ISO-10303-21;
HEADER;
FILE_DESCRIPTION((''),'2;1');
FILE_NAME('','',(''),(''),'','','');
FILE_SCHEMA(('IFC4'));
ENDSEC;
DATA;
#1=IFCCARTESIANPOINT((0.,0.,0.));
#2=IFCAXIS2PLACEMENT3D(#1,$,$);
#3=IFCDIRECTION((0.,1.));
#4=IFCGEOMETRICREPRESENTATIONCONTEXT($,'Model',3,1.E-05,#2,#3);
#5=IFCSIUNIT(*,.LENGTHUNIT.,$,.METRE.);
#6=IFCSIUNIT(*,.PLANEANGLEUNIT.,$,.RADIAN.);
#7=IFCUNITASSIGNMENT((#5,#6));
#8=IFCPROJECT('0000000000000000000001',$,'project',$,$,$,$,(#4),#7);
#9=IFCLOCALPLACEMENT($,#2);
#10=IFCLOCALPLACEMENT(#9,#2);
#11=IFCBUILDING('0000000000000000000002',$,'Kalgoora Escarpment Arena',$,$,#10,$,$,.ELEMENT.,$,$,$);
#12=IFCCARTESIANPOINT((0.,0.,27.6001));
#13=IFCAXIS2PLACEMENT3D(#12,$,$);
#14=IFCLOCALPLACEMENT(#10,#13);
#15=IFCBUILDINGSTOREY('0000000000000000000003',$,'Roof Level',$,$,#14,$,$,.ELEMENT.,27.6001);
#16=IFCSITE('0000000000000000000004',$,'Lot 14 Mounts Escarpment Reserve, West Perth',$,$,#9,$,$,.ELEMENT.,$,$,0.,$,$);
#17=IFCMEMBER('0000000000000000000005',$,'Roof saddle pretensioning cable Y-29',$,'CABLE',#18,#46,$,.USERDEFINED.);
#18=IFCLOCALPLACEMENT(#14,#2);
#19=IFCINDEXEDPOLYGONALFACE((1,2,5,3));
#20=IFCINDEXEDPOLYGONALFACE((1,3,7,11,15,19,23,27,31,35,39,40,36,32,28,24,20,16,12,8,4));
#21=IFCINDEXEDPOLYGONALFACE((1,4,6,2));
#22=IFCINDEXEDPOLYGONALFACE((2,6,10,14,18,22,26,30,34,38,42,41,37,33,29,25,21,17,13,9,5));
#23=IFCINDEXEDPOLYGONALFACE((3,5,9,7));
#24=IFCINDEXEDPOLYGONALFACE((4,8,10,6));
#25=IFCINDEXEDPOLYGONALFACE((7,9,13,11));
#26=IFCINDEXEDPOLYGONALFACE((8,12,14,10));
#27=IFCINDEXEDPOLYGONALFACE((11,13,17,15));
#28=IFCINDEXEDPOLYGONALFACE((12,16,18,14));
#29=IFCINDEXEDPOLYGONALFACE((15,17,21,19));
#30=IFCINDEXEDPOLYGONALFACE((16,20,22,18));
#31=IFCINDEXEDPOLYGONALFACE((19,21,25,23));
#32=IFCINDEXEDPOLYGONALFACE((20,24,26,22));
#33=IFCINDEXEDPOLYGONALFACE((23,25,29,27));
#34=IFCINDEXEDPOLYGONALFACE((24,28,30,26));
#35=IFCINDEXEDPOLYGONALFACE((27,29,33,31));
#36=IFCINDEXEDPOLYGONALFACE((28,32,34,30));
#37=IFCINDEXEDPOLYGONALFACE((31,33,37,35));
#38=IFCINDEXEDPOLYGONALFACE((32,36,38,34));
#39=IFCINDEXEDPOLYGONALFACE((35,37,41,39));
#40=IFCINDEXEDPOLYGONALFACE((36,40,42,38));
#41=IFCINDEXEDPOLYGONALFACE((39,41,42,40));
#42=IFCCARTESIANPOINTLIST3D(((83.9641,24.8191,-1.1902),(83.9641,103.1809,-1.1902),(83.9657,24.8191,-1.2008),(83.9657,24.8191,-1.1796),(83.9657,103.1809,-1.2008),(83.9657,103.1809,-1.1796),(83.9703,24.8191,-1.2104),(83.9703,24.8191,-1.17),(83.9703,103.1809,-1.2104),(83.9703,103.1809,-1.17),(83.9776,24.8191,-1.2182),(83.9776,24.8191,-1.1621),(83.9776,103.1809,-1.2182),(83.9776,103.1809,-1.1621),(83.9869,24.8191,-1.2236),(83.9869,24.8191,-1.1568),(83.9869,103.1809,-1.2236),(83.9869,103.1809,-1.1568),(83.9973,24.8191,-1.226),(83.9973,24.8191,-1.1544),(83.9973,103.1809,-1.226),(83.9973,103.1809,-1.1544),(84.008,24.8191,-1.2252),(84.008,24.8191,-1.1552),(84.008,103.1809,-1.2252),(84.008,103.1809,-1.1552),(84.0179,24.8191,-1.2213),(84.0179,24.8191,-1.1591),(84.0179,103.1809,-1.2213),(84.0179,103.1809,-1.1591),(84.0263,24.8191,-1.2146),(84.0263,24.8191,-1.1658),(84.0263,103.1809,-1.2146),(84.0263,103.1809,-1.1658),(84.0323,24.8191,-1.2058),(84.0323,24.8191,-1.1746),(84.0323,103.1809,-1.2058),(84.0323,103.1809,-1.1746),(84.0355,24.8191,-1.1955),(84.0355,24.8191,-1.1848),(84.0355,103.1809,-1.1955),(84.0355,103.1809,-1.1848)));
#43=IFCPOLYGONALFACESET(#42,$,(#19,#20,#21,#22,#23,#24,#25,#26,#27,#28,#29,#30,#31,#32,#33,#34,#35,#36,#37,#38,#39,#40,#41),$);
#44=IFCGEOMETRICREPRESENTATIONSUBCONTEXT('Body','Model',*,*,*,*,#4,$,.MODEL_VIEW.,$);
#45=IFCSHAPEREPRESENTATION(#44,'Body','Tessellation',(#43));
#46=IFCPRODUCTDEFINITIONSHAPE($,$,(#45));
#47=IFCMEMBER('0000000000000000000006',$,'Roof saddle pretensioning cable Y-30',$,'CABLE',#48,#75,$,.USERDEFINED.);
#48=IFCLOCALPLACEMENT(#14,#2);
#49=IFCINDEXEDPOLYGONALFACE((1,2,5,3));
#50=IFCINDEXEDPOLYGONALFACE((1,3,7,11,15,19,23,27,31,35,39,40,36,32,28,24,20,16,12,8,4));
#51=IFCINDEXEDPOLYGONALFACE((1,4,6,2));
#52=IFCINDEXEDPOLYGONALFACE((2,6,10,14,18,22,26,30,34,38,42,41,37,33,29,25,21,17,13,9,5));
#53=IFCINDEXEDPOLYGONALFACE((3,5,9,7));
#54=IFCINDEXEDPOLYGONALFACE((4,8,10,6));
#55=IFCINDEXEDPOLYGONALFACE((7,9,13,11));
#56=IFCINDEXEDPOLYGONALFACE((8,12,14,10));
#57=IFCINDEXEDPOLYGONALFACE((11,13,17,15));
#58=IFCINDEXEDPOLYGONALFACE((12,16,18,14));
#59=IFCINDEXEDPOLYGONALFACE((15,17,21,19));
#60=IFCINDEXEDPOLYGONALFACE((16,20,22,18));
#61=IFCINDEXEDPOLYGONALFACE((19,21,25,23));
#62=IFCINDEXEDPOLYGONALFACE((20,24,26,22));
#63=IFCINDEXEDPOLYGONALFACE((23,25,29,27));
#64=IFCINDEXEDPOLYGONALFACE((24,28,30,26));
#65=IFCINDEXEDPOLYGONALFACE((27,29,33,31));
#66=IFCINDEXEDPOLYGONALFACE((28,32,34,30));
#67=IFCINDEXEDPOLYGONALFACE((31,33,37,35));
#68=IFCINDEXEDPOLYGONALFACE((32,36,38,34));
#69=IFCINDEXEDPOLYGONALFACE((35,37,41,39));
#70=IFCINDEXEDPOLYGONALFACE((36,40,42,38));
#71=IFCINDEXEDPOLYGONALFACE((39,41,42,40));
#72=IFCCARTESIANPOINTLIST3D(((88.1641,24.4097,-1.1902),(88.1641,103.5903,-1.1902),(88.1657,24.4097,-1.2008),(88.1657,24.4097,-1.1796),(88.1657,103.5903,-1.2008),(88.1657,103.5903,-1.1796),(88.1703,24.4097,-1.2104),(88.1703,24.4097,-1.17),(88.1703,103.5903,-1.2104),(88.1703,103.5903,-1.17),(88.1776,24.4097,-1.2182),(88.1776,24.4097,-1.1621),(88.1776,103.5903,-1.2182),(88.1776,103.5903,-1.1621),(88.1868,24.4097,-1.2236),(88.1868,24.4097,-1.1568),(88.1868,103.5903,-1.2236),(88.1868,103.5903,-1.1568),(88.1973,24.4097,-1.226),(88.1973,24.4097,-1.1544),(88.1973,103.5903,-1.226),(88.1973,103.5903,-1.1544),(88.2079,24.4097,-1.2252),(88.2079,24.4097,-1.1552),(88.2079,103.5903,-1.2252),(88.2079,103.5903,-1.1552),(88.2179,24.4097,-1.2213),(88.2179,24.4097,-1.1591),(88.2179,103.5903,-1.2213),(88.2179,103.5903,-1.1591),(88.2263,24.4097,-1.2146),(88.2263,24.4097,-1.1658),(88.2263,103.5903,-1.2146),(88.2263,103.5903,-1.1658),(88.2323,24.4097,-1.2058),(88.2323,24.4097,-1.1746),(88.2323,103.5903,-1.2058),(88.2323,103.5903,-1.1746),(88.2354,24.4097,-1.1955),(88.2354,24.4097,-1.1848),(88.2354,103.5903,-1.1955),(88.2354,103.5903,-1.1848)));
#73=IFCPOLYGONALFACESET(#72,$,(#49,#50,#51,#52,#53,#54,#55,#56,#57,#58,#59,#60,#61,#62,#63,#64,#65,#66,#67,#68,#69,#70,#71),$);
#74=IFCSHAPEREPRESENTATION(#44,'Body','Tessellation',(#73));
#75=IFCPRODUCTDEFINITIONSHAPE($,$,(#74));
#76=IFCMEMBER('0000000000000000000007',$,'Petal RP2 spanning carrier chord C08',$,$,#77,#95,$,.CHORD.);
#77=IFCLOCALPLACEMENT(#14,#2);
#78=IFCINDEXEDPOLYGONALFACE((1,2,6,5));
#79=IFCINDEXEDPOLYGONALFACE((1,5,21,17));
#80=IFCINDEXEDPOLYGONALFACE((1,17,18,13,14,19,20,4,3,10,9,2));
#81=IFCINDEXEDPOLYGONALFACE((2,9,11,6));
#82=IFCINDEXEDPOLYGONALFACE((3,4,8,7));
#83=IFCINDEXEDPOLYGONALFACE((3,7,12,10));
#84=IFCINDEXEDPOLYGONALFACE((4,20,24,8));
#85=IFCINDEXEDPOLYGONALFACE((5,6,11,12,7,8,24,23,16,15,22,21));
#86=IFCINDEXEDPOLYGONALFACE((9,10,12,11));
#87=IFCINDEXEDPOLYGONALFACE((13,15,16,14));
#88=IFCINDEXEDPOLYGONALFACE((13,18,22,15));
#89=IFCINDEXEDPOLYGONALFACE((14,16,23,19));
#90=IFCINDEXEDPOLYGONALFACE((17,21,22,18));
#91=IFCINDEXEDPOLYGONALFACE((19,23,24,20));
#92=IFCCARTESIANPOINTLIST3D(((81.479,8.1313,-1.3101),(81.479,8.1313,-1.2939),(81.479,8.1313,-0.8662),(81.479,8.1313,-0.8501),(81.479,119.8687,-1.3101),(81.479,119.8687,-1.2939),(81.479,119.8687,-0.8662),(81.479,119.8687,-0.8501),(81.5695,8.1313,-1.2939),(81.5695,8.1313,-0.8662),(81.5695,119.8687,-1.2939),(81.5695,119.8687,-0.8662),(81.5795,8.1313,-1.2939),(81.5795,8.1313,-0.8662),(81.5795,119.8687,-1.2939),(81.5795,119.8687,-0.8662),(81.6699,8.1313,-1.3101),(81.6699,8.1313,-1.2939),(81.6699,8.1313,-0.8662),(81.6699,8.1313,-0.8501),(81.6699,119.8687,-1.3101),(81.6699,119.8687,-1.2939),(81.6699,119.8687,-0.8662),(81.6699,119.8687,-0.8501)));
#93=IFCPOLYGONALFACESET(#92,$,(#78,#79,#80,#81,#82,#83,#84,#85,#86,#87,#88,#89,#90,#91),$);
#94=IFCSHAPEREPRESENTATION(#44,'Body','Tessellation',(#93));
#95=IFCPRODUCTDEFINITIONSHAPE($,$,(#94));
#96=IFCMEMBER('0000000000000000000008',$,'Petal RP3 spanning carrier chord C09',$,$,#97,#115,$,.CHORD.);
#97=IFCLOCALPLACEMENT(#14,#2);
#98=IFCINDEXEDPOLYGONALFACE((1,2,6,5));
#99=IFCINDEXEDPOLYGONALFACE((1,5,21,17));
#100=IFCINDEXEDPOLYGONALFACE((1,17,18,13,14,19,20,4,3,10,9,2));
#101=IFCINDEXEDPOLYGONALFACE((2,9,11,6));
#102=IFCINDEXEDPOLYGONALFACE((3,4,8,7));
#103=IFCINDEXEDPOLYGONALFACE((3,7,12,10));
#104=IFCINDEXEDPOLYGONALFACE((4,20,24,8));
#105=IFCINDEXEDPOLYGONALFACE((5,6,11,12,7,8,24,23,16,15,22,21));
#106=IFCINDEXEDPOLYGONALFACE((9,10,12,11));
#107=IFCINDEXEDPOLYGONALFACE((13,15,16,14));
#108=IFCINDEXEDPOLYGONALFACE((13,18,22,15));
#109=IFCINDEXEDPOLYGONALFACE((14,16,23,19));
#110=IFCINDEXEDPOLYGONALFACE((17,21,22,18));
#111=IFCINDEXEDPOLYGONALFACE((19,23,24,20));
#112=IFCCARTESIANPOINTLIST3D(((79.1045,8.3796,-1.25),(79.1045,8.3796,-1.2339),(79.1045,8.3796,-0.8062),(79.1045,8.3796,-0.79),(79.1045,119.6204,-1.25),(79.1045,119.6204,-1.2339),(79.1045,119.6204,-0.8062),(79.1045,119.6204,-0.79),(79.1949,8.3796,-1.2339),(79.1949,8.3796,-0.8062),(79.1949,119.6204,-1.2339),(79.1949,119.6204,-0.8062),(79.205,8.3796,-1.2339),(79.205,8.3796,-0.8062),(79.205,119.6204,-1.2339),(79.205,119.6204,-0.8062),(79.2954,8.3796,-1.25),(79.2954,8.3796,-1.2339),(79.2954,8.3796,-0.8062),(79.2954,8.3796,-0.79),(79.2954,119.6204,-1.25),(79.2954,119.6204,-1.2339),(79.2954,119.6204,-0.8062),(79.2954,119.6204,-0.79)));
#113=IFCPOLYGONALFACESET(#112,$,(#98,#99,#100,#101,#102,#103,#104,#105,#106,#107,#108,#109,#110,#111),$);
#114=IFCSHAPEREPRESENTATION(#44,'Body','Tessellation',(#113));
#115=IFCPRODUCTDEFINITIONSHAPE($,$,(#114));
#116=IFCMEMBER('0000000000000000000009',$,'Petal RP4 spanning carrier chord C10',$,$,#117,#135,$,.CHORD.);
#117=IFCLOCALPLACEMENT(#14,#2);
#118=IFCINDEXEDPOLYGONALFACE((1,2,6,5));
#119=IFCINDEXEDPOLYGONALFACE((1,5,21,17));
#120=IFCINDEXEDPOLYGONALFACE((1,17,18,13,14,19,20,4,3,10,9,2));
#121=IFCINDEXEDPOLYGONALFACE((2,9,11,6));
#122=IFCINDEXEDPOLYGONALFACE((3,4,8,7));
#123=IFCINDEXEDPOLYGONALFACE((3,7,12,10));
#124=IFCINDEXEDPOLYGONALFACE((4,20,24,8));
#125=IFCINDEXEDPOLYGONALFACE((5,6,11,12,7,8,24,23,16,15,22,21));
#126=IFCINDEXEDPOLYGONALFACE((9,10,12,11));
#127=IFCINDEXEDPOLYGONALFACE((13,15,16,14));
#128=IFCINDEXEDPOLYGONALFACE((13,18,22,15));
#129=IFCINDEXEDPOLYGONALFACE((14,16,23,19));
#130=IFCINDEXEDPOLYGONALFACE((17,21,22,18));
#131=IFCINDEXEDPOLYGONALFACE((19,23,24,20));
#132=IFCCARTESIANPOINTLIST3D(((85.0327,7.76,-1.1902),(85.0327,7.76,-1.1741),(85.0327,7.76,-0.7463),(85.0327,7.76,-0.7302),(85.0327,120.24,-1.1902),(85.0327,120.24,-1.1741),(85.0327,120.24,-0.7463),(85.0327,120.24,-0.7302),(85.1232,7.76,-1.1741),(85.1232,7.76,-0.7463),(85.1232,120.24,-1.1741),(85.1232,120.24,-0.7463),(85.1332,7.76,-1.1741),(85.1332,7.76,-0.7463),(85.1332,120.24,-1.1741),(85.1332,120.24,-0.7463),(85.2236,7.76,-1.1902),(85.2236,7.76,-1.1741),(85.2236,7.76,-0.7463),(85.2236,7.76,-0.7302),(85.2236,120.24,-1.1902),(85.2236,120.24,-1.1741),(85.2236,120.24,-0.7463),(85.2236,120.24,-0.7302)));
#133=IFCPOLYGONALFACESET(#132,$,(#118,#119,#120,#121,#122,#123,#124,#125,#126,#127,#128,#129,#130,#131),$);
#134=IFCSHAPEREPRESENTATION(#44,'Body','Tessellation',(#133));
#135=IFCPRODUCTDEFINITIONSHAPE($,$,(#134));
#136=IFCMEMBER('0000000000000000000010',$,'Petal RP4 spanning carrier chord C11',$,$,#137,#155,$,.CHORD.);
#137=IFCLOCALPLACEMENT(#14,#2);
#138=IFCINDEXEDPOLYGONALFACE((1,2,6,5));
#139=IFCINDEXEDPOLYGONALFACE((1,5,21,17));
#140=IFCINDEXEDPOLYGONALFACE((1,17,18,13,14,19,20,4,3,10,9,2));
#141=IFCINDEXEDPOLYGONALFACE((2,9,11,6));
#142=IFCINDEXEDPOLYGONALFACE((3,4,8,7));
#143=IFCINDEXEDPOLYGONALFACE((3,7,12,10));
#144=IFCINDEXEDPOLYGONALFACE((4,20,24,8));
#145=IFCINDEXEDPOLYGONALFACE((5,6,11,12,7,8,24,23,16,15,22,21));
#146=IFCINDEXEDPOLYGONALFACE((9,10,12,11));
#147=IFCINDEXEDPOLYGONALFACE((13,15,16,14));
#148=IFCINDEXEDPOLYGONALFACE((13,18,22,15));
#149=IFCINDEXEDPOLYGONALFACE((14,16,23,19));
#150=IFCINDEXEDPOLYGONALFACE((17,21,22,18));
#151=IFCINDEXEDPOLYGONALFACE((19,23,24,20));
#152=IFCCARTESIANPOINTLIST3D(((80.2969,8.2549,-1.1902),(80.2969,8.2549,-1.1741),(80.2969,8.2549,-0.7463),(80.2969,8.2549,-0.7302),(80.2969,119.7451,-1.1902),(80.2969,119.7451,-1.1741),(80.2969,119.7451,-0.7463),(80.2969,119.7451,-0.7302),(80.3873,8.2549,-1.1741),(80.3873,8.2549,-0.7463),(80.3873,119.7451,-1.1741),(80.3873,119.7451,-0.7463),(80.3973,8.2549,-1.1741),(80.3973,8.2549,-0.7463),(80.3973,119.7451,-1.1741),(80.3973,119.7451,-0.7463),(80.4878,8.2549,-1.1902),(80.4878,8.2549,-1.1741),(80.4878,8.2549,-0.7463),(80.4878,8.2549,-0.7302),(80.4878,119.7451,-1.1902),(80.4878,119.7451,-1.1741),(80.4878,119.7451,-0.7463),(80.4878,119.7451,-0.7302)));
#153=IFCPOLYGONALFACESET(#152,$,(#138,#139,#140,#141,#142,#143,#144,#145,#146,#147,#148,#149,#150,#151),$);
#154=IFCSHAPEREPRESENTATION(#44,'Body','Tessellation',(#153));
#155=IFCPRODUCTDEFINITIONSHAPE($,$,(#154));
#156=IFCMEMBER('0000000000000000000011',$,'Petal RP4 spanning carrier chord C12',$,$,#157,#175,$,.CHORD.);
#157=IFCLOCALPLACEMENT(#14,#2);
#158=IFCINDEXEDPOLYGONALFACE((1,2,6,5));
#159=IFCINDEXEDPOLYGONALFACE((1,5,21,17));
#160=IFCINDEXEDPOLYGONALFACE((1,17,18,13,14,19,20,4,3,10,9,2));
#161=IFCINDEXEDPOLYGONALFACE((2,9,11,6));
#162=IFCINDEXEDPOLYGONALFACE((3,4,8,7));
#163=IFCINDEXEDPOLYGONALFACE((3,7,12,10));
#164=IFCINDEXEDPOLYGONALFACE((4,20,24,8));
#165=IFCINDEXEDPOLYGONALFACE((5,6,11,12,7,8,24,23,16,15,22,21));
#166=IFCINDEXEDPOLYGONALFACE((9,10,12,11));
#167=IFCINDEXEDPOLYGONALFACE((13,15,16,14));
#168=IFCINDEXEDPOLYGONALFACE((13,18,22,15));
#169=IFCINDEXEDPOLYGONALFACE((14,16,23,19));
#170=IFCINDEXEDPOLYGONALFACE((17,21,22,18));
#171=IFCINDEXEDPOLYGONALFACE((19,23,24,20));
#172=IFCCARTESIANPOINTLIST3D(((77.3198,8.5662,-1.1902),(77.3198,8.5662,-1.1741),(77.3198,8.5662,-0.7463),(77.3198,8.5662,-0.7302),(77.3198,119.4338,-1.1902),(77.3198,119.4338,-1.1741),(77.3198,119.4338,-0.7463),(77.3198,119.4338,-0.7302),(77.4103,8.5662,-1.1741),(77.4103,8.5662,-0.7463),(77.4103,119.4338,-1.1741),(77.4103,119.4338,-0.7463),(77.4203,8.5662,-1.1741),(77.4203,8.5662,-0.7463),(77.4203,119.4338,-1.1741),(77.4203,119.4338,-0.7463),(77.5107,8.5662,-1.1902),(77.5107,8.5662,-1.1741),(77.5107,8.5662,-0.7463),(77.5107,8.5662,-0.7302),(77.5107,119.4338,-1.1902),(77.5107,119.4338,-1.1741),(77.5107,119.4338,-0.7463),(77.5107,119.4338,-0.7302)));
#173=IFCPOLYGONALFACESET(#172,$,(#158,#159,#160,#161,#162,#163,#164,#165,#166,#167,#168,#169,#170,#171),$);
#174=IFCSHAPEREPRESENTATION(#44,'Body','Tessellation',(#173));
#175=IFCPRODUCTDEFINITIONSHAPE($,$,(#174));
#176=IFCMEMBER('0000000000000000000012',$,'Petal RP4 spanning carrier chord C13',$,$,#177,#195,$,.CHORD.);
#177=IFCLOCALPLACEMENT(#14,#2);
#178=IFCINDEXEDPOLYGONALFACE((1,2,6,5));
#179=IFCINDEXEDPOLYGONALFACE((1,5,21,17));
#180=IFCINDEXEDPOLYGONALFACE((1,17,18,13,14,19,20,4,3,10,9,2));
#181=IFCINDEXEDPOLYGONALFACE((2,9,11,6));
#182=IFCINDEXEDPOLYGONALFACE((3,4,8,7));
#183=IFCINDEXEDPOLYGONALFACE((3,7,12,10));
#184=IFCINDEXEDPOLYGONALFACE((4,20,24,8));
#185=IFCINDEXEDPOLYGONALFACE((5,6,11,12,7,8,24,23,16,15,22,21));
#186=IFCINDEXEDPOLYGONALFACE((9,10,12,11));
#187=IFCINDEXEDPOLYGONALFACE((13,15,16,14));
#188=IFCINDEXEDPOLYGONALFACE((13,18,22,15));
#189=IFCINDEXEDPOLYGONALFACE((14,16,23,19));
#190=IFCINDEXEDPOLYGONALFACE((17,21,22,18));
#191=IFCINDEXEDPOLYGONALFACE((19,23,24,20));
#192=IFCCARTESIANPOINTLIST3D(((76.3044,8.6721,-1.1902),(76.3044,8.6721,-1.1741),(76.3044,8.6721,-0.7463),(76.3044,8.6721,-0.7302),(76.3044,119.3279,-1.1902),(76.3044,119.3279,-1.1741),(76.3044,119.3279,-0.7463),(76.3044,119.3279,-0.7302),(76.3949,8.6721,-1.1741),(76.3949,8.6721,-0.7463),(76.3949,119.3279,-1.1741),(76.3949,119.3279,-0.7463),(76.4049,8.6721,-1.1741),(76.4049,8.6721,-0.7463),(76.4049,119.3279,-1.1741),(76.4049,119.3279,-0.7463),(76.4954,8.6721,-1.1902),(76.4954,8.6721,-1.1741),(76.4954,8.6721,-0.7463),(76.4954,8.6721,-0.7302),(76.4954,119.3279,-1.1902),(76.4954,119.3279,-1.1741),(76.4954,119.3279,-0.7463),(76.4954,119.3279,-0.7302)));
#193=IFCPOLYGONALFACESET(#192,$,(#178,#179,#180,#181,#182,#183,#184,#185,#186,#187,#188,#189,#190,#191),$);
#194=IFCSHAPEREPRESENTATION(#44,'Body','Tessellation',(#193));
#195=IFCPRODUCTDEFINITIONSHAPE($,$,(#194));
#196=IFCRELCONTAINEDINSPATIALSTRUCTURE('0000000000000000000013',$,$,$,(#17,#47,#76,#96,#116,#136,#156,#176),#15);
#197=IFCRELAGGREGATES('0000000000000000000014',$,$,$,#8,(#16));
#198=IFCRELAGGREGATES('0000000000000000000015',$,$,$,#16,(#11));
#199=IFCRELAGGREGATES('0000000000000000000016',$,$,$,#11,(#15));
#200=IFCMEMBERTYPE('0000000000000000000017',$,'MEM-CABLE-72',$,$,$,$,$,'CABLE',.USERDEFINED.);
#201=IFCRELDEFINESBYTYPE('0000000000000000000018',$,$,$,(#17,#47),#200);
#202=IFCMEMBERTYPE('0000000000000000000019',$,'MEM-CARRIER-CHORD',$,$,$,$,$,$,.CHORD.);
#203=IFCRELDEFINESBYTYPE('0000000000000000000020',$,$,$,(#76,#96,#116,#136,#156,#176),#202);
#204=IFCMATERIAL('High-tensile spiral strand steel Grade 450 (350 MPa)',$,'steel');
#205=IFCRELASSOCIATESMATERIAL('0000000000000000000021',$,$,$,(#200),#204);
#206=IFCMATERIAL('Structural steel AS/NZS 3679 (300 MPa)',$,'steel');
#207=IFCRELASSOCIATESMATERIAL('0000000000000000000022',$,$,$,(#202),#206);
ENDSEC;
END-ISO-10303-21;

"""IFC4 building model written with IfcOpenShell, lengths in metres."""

from ifc_helpers import new_model, si_unit, direction, frame, origin, origin_2d, place, context, subcontext, project, spatial, circle, i_section, extrude, material, material_profile, profile_set, type_object, element, save


model = new_model("IFC4")

# Units and contexts
model_context = context("Model", 3, precision=1e-05, world=origin(), true_north=direction((0.0, 1.0)))
body_context = subcontext(model_context, "Body", "Model", "MODEL_VIEW")
ifc_project = project(units=[si_unit("LENGTHUNIT", "METRE"), si_unit("PLANEANGLEUNIT", "RADIAN")], contexts=[model_context])

# Site, building, storey
site_placement = place(None, origin())
site = spatial("IfcSite", under=ifc_project, at=site_placement, Name="Lot 14 Mounts Escarpment Reserve, West Perth", CompositionType="ELEMENT", RefElevation=0.0)
building_placement = place(site_placement, origin())
building = spatial("IfcBuilding", under=site, at=building_placement, Name="Kalgoora Escarpment Arena", CompositionType="ELEMENT")
storey_placement = place(building_placement, frame((0.0, 0.0, 27.6001)))
storey = spatial("IfcBuildingStorey", under=building, at=storey_placement, Name="Roof Level", CompositionType="ELEMENT", Elevation=27.6001)

# Members
ifc_material_1 = material(Name="High-tensile spiral strand steel Grade 450 (350 MPa)", Category="steel")
ifc_material_profile_1 = material_profile(ifc_material_1, circle(Radius=0.0359, at=origin_2d()))
ifc_profile_set_1 = profile_set([ifc_material_profile_1], Name="High-tensile spiral strand steel Grade 450 (350 MPa)")
member_type_1 = type_object("IfcMemberType", Name="MEM-CABLE-72", ElementType="CABLE", PredefinedType="USERDEFINED", material=ifc_profile_set_1)
member_1_placement = place(storey_placement, frame((84.0, 24.8191, -1.1902), z_axis=(0.0, 1.0, 0.0), x_axis=(-1.0, 0.0, 0.0)))
element("IfcMember", 1, at=member_1_placement, inside=storey, type_object=member_type_1, Name="Roof saddle pretensioning cable Y-29", ObjectType="CABLE", PredefinedType="USERDEFINED", context=body_context, shape_type="SweptSolid", body=[
    extrude(circle(Radius=0.0359, at=origin_2d()), origin(), (0.0, 0.0, 1.0), 78.3618),
])
member_2_placement = place(storey_placement, frame((88.2, 24.4097, -1.1902), z_axis=(0.0, 1.0, 0.0), x_axis=(-1.0, 0.0, 0.0)))
element("IfcMember", 2, at=member_2_placement, inside=storey, type_object=member_type_1, Name="Roof saddle pretensioning cable Y-30", ObjectType="CABLE", PredefinedType="USERDEFINED", context=body_context, shape_type="SweptSolid", body=[
    extrude(circle(Radius=0.0359, at=origin_2d()), origin(), (0.0, 0.0, 1.0), 79.1807),
])
ifc_material_2 = material(Name="Structural steel AS/NZS 3679 (300 MPa)", Category="steel")
ifc_material_profile_2 = material_profile(ifc_material_2, i_section(OverallWidth=0.1909, OverallDepth=0.46, WebThickness=0.01, FlangeThickness=0.0161, at=origin_2d()))
ifc_profile_set_2 = profile_set([ifc_material_profile_2], Name="Structural steel AS/NZS 3679 (300 MPa)")
member_type_2 = type_object("IfcMemberType", Name="MEM-CARRIER-CHORD", PredefinedType="CHORD", material=ifc_profile_set_2)
member_3_placement = place(storey_placement, frame((81.5745, 8.1313, -1.0801), z_axis=(0.0, 1.0, 0.0), x_axis=(-1.0, 0.0, 0.0)))
element("IfcMember", 3, at=member_3_placement, inside=storey, type_object=member_type_2, Name="Petal RP2 spanning carrier chord C08", PredefinedType="CHORD", context=body_context, shape_type="SweptSolid", body=[
    extrude(i_section(OverallWidth=0.1909, OverallDepth=0.46, WebThickness=0.01, FlangeThickness=0.0161, at=origin_2d()), origin(), (0.0, 0.0, 1.0), 111.7373),
])
member_4_placement = place(storey_placement, frame((79.2, 8.3796, -1.02), z_axis=(0.0, 1.0, 0.0), x_axis=(-1.0, 0.0, 0.0)))
element("IfcMember", 4, at=member_4_placement, inside=storey, type_object=member_type_2, Name="Petal RP3 spanning carrier chord C09", PredefinedType="CHORD", context=body_context, shape_type="SweptSolid", body=[
    extrude(i_section(OverallWidth=0.1909, OverallDepth=0.46, WebThickness=0.01, FlangeThickness=0.0161, at=origin_2d()), origin(), (0.0, 0.0, 1.0), 111.2407),
])
member_5_placement = place(storey_placement, frame((85.1282, 7.76, -0.9602), z_axis=(0.0, 1.0, 0.0), x_axis=(-1.0, 0.0, 0.0)))
element("IfcMember", 5, at=member_5_placement, inside=storey, type_object=member_type_2, Name="Petal RP4 spanning carrier chord C10", PredefinedType="CHORD", context=body_context, shape_type="SweptSolid", body=[
    extrude(i_section(OverallWidth=0.1909, OverallDepth=0.46, WebThickness=0.01, FlangeThickness=0.0161, at=origin_2d()), origin(), (0.0, 0.0, 1.0), 112.48),
])
member_6_placement = place(storey_placement, frame((80.3923, 8.2549, -0.9602), z_axis=(0.0, 1.0, 0.0), x_axis=(-1.0, 0.0, 0.0)))
element("IfcMember", 6, at=member_6_placement, inside=storey, type_object=member_type_2, Name="Petal RP4 spanning carrier chord C11", PredefinedType="CHORD", context=body_context, shape_type="SweptSolid", body=[
    extrude(i_section(OverallWidth=0.1909, OverallDepth=0.46, WebThickness=0.01, FlangeThickness=0.0161, at=origin_2d()), origin(), (0.0, 0.0, 1.0), 111.4902),
])
member_7_placement = place(storey_placement, frame((77.4153, 8.5662, -0.9602), z_axis=(0.0, 1.0, 0.0), x_axis=(-1.0, 0.0, 0.0)))
element("IfcMember", 7, at=member_7_placement, inside=storey, type_object=member_type_2, Name="Petal RP4 spanning carrier chord C12", PredefinedType="CHORD", context=body_context, shape_type="SweptSolid", body=[
    extrude(i_section(OverallWidth=0.1909, OverallDepth=0.46, WebThickness=0.01, FlangeThickness=0.0161, at=origin_2d()), origin(), (0.0, 0.0, 1.0), 110.8677),
])
member_8_placement = place(storey_placement, frame((76.3999, 8.6721, -0.9602), z_axis=(0.0, 1.0, 0.0), x_axis=(-1.0, 0.0, 0.0)))
element("IfcMember", 8, at=member_8_placement, inside=storey, type_object=member_type_2, Name="Petal RP4 spanning carrier chord C13", PredefinedType="CHORD", context=body_context, shape_type="SweptSolid", body=[
    extrude(i_section(OverallWidth=0.1909, OverallDepth=0.46, WebThickness=0.01, FlangeThickness=0.0161, at=origin_2d()), origin(), (0.0, 0.0, 1.0), 110.6558),
])

save(model, "model.ifc")
